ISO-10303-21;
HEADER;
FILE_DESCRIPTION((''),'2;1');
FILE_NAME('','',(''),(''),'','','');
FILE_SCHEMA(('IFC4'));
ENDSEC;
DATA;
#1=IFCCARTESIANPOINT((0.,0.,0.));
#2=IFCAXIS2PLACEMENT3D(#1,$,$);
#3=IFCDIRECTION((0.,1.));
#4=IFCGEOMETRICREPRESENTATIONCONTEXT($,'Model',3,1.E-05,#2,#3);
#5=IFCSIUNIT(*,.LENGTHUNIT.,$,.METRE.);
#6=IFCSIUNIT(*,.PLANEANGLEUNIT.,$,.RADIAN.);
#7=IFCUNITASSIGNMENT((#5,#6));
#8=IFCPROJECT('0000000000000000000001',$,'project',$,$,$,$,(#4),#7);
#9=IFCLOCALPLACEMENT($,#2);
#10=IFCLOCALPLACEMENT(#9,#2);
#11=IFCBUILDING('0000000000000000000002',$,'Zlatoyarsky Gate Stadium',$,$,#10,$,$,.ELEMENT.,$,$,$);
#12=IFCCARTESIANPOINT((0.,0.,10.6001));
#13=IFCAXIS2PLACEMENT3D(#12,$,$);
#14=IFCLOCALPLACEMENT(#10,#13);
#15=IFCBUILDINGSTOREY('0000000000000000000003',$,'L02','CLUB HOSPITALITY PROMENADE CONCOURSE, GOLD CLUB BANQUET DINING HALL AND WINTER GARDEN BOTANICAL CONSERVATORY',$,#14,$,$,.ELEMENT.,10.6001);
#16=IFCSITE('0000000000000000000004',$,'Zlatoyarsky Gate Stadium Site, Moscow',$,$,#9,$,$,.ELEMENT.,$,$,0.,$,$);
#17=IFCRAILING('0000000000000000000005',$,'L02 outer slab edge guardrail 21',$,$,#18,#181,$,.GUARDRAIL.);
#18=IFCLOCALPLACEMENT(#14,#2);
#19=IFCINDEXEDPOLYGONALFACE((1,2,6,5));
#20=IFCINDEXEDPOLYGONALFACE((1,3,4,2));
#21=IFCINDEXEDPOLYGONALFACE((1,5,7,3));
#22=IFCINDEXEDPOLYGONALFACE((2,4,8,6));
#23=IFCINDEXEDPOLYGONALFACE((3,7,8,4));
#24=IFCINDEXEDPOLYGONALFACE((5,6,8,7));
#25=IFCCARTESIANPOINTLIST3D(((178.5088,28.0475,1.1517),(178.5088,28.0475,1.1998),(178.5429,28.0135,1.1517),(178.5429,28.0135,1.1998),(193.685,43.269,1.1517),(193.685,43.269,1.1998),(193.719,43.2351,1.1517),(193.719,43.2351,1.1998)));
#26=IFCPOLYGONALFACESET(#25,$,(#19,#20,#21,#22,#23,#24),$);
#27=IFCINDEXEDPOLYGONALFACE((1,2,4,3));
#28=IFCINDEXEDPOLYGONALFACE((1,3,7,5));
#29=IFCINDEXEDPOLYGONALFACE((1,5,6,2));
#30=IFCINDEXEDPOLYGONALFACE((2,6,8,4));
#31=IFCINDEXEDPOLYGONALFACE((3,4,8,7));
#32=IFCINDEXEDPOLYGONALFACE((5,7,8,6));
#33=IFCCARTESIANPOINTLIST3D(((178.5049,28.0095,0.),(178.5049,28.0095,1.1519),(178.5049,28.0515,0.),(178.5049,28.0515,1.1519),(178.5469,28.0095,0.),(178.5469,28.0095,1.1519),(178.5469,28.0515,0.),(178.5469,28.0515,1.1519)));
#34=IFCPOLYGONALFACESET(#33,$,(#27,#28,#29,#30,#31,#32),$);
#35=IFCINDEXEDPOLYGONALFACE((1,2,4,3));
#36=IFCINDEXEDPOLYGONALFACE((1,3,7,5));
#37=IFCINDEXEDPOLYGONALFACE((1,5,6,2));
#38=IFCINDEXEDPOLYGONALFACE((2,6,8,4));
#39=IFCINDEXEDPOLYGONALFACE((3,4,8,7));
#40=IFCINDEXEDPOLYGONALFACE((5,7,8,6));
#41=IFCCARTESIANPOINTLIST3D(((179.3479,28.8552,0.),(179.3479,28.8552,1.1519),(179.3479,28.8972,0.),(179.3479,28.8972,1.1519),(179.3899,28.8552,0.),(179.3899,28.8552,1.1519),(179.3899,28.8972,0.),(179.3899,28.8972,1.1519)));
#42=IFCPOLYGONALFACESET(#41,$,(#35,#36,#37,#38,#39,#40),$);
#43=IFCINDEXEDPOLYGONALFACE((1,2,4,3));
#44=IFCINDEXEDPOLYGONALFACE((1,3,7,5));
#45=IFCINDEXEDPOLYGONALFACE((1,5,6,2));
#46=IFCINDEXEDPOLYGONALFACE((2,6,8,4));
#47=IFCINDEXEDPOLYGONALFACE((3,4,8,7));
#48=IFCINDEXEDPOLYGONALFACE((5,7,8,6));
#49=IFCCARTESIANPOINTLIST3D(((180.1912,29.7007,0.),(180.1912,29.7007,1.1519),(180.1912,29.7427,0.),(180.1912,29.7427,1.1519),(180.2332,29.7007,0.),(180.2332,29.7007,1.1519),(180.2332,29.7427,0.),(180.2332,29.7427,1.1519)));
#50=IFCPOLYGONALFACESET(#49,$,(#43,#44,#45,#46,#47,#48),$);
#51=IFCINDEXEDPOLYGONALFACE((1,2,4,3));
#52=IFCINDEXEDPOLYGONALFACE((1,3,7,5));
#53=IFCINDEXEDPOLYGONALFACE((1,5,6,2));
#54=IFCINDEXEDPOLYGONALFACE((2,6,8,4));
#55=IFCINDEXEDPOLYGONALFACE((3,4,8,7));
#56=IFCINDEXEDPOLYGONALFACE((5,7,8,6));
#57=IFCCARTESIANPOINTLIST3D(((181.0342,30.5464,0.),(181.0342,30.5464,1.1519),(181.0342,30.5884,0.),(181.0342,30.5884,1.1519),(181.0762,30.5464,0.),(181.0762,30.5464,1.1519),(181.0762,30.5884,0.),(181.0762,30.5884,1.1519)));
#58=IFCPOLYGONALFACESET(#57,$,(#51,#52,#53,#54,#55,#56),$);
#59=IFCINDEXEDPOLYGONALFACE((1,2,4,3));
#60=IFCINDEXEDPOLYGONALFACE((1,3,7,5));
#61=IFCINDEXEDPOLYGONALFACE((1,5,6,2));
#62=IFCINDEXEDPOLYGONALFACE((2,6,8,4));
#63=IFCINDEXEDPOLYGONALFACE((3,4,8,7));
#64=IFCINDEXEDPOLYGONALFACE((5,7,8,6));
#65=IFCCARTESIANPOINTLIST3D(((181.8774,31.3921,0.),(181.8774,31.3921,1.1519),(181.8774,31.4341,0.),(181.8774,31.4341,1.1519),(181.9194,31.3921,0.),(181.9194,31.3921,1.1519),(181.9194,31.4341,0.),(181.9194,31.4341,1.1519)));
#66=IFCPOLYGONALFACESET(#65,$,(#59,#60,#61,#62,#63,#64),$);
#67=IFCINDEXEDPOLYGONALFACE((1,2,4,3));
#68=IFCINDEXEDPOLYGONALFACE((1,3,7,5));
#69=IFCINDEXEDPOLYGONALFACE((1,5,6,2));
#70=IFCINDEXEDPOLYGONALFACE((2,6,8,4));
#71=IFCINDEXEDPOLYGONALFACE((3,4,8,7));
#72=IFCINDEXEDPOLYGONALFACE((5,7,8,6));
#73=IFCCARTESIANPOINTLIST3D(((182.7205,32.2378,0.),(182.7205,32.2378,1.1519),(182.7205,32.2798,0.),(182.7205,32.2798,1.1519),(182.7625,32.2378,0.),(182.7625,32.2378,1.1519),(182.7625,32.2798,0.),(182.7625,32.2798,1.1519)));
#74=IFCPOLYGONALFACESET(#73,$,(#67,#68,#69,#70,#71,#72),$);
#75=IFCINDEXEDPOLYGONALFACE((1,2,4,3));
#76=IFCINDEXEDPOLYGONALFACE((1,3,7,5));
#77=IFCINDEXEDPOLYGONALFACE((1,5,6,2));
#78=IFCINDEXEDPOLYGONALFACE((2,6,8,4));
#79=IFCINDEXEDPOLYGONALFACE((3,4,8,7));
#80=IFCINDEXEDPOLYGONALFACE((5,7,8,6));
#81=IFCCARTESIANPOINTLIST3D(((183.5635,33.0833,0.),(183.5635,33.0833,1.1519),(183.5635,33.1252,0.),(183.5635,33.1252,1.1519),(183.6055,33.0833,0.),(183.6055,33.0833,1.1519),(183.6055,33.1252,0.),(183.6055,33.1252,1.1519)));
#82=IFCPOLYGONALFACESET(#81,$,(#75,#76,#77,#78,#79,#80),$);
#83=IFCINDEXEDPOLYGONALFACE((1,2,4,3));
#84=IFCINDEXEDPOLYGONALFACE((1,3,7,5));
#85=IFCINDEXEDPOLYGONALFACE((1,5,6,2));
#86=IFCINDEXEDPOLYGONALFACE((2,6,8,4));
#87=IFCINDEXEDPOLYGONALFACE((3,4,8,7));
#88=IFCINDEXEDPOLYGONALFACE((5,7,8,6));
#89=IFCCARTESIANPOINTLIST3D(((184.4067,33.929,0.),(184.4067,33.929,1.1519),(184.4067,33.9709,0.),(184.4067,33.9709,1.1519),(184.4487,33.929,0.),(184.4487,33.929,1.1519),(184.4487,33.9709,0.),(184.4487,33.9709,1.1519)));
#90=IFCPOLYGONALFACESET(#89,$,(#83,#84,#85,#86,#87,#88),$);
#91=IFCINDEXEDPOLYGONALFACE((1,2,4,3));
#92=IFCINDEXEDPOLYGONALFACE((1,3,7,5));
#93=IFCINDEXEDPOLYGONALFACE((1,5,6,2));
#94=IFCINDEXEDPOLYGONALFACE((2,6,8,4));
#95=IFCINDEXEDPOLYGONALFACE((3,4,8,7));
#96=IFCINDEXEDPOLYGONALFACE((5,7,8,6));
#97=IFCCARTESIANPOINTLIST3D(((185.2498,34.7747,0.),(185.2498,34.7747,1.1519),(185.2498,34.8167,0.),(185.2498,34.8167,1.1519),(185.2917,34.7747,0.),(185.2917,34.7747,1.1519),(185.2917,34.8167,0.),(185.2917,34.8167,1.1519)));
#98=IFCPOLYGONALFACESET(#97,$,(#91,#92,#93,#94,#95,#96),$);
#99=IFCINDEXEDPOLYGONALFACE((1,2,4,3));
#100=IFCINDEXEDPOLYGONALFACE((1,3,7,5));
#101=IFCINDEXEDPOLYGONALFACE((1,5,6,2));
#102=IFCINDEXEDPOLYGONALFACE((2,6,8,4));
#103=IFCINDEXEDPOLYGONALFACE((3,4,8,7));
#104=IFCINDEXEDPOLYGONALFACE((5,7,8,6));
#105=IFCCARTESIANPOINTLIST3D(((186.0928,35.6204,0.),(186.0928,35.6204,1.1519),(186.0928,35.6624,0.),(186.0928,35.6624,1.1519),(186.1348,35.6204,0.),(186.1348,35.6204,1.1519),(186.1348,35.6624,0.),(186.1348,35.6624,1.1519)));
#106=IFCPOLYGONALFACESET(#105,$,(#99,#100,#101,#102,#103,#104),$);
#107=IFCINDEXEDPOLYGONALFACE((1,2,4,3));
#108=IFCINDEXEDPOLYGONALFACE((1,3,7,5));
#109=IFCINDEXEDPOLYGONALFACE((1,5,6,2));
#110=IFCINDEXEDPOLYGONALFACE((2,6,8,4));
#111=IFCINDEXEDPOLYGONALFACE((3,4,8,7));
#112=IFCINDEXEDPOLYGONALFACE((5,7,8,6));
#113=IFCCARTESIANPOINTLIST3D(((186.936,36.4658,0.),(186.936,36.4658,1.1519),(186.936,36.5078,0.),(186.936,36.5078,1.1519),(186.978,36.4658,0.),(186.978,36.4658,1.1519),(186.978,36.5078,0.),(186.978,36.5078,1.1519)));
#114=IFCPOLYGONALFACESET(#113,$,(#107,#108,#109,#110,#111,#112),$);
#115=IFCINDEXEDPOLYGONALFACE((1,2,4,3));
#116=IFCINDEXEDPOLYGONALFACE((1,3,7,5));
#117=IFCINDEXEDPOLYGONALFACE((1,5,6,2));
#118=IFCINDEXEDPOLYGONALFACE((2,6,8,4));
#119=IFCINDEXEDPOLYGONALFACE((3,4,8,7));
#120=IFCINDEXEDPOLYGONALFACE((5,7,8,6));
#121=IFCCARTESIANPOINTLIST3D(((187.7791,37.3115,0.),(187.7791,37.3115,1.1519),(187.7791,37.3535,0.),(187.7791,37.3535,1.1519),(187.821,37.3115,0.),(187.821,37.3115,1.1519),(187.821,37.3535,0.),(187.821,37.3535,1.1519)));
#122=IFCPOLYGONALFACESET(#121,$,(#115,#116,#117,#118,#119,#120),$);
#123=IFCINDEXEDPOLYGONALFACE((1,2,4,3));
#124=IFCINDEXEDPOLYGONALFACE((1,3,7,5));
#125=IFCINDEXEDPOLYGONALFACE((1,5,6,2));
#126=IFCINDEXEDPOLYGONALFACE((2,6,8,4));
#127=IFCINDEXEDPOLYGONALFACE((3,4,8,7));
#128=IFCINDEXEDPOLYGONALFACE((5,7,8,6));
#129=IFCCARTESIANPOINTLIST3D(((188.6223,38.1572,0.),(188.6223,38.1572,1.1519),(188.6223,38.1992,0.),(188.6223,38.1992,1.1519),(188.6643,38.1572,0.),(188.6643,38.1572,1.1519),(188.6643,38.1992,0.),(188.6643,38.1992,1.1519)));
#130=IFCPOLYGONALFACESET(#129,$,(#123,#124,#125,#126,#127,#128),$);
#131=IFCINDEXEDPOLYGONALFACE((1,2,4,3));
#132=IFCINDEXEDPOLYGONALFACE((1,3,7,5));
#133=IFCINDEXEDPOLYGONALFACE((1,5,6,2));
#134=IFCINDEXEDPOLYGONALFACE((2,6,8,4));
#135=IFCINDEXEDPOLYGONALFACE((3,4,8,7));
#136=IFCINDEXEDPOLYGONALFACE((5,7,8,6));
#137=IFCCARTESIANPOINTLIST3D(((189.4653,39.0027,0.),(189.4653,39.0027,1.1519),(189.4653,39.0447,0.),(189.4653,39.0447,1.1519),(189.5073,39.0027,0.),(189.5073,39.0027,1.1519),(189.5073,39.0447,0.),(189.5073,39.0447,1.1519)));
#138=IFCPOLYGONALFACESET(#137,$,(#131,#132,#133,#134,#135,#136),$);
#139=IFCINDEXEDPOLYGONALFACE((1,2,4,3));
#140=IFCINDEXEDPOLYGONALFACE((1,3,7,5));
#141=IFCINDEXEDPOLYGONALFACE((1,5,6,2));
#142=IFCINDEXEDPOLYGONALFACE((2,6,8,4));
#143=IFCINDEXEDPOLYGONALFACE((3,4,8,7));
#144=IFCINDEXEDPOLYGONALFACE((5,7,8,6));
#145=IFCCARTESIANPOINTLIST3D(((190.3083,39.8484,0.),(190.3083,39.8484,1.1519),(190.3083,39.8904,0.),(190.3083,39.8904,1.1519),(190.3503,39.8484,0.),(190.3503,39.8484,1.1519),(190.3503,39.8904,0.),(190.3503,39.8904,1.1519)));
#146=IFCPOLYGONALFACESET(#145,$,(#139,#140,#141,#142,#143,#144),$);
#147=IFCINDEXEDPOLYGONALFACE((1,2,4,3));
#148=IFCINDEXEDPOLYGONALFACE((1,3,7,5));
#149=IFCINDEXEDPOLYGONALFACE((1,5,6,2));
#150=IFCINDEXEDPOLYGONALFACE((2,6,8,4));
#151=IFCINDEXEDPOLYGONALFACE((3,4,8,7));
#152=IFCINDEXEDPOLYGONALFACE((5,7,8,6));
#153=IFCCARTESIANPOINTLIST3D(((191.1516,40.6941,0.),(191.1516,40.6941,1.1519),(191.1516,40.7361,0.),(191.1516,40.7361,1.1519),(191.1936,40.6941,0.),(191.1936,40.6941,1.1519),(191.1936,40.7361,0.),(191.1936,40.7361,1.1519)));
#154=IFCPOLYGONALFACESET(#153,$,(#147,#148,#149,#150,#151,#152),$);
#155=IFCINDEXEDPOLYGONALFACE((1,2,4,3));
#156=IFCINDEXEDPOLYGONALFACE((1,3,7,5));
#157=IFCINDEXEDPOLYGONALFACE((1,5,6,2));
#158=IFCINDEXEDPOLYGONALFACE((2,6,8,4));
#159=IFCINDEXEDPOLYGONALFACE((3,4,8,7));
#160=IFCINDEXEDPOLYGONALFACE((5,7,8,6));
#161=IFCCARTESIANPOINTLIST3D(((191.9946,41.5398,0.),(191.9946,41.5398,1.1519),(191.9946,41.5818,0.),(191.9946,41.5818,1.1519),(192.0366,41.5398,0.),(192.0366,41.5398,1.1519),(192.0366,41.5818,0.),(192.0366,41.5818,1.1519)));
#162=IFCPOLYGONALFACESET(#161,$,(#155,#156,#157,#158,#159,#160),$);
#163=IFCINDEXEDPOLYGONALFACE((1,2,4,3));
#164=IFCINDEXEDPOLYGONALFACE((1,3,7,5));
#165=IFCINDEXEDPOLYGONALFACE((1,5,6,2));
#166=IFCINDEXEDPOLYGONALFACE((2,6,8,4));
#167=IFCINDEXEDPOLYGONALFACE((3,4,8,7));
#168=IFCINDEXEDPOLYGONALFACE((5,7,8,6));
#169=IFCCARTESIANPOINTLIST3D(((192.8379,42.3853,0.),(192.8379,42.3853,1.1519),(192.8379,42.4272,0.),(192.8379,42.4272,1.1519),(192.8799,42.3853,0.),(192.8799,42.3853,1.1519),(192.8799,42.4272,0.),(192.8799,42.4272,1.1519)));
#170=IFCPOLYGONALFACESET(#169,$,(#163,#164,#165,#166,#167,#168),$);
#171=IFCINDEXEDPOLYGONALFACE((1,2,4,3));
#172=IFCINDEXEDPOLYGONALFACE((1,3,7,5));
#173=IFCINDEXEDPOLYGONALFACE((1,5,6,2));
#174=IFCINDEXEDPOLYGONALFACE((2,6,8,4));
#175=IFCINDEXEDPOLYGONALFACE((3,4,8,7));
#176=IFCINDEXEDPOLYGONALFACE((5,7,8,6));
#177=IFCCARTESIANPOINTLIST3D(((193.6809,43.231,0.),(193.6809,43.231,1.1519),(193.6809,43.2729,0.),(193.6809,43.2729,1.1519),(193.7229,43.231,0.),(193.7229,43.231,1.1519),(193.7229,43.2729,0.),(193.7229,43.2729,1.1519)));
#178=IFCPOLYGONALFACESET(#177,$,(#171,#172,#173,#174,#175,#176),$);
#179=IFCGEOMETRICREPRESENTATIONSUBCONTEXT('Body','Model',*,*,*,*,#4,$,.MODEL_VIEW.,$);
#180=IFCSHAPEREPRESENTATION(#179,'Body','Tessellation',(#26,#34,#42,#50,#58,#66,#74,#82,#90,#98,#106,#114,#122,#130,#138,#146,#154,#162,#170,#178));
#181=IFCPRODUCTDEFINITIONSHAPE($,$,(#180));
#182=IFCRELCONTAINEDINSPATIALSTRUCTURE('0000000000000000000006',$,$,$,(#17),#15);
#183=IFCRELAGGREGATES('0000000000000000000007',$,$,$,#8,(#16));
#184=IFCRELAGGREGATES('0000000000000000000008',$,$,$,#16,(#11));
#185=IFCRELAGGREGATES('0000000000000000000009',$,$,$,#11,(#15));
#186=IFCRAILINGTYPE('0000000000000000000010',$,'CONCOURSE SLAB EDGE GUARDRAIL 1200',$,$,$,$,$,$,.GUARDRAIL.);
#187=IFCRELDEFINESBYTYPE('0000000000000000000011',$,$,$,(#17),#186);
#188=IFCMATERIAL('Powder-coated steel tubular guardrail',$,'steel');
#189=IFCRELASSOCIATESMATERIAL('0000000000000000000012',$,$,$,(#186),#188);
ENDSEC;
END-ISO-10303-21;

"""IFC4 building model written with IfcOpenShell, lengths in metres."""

from ifc_helpers import new_model, si_unit, direction, frame, origin, origin_2d, place, context, subcontext, project, spatial, rectangle, extrude, material, type_object, element, save


model = new_model("IFC4")

# Units and contexts
model_context = context("Model", 3, precision=1e-05, world=origin(), true_north=direction((0.0, 1.0)))
body_context = subcontext(model_context, "Body", "Model", "MODEL_VIEW")
ifc_project = project(units=[si_unit("LENGTHUNIT", "METRE"), si_unit("PLANEANGLEUNIT", "RADIAN")], contexts=[model_context])

# Site, building, storey
site_placement = place(None, origin())
site = spatial("IfcSite", under=ifc_project, at=site_placement, Name="Zlatoyarsky Gate Stadium Site, Moscow", CompositionType="ELEMENT", RefElevation=0.0)
building_placement = place(site_placement, origin())
building = spatial("IfcBuilding", under=site, at=building_placement, Name="Zlatoyarsky Gate Stadium", CompositionType="ELEMENT")
storey_placement = place(building_placement, frame((0.0, 0.0, 10.6001)))
storey = spatial("IfcBuildingStorey", under=building, at=storey_placement, Name="L02", Description="CLUB HOSPITALITY PROMENADE CONCOURSE, GOLD CLUB BANQUET DINING HALL AND WINTER GARDEN BOTANICAL CONSERVATORY", CompositionType="ELEMENT", Elevation=10.6001)

# Railing
ifc_material_1 = material(Name="Powder-coated steel tubular guardrail", Category="steel")
railing_type = type_object("IfcRailingType", Name="CONCOURSE SLAB EDGE GUARDRAIL 1200", PredefinedType="GUARDRAIL", material=ifc_material_1)
railing_placement = place(storey_placement, frame((178.5259, 28.0305, 0.0)))
element("IfcRailing", 1, at=railing_placement, inside=storey, type_object=railing_type, Name="L02 outer slab edge guardrail 21", PredefinedType="GUARDRAIL", context=body_context, shape_type="SweptSolid", body=[
    extrude(rectangle(XDim=0.0481, YDim=0.0481, at=origin_2d()), frame((0.0, 0.0, 1.1758), z_axis=(0.70605, 0.708162, 0.0), x_axis=(-0.708162, 0.70605, 0.0)), (0.0, 0.0, 1.0), 21.4944),
    extrude(rectangle(XDim=0.042, YDim=0.042, at=origin_2d()), origin(), (0.0, 0.0, 1.0), 1.1519),
    extrude(rectangle(XDim=0.042, YDim=0.042, at=origin_2d()), frame((0.843, 0.8457, 0.0)), (0.0, 0.0, 1.0), 1.1519),
    extrude(rectangle(XDim=0.042, YDim=0.042, at=origin_2d()), frame((1.6863, 1.6912, 0.0)), (0.0, 0.0, 1.0), 1.1519),
    extrude(rectangle(XDim=0.042, YDim=0.042, at=origin_2d()), frame((2.5293, 2.5369, 0.0)), (0.0, 0.0, 1.0), 1.1519),
    extrude(rectangle(XDim=0.042, YDim=0.042, at=origin_2d()), frame((3.3726, 3.3826, 0.0)), (0.0, 0.0, 1.0), 1.1519),
    extrude(rectangle(XDim=0.042, YDim=0.042, at=origin_2d()), frame((4.2156, 4.2283, 0.0)), (0.0, 0.0, 1.0), 1.1519),
    extrude(rectangle(XDim=0.042, YDim=0.042, at=origin_2d()), frame((5.0586, 5.0737, 0.0)), (0.0, 0.0, 1.0), 1.1519),
    extrude(rectangle(XDim=0.042, YDim=0.042, at=origin_2d()), frame((5.9019, 5.9194, 0.0)), (0.0, 0.0, 1.0), 1.1519),
    extrude(rectangle(XDim=0.042, YDim=0.042, at=origin_2d()), frame((6.7449, 6.7651, 0.0)), (0.0, 0.0, 1.0), 1.1519),
    extrude(rectangle(XDim=0.042, YDim=0.042, at=origin_2d()), frame((7.5879, 7.6108, 0.0)), (0.0, 0.0, 1.0), 1.1519),
    extrude(rectangle(XDim=0.042, YDim=0.042, at=origin_2d()), frame((8.4312, 8.4563, 0.0)), (0.0, 0.0, 1.0), 1.1519),
    extrude(rectangle(XDim=0.042, YDim=0.042, at=origin_2d()), frame((9.2742, 9.302, 0.0)), (0.0, 0.0, 1.0), 1.1519),
    extrude(rectangle(XDim=0.042, YDim=0.042, at=origin_2d()), frame((10.1174, 10.1477, 0.0)), (0.0, 0.0, 1.0), 1.1519),
    extrude(rectangle(XDim=0.042, YDim=0.042, at=origin_2d()), frame((10.9604, 10.9932, 0.0)), (0.0, 0.0, 1.0), 1.1519),
    extrude(rectangle(XDim=0.042, YDim=0.042, at=origin_2d()), frame((11.8035, 11.8389, 0.0)), (0.0, 0.0, 1.0), 1.1519),
    extrude(rectangle(XDim=0.042, YDim=0.042, at=origin_2d()), frame((12.6467, 12.6846, 0.0)), (0.0, 0.0, 1.0), 1.1519),
    extrude(rectangle(XDim=0.042, YDim=0.042, at=origin_2d()), frame((13.4897, 13.5303, 0.0)), (0.0, 0.0, 1.0), 1.1519),
    extrude(rectangle(XDim=0.042, YDim=0.042, at=origin_2d()), frame((14.333, 14.3757, 0.0)), (0.0, 0.0, 1.0), 1.1519),
    extrude(rectangle(XDim=0.042, YDim=0.042, at=origin_2d()), frame((15.176, 15.2214, 0.0)), (0.0, 0.0, 1.0), 1.1519),
])

save(model, "model.ifc")
